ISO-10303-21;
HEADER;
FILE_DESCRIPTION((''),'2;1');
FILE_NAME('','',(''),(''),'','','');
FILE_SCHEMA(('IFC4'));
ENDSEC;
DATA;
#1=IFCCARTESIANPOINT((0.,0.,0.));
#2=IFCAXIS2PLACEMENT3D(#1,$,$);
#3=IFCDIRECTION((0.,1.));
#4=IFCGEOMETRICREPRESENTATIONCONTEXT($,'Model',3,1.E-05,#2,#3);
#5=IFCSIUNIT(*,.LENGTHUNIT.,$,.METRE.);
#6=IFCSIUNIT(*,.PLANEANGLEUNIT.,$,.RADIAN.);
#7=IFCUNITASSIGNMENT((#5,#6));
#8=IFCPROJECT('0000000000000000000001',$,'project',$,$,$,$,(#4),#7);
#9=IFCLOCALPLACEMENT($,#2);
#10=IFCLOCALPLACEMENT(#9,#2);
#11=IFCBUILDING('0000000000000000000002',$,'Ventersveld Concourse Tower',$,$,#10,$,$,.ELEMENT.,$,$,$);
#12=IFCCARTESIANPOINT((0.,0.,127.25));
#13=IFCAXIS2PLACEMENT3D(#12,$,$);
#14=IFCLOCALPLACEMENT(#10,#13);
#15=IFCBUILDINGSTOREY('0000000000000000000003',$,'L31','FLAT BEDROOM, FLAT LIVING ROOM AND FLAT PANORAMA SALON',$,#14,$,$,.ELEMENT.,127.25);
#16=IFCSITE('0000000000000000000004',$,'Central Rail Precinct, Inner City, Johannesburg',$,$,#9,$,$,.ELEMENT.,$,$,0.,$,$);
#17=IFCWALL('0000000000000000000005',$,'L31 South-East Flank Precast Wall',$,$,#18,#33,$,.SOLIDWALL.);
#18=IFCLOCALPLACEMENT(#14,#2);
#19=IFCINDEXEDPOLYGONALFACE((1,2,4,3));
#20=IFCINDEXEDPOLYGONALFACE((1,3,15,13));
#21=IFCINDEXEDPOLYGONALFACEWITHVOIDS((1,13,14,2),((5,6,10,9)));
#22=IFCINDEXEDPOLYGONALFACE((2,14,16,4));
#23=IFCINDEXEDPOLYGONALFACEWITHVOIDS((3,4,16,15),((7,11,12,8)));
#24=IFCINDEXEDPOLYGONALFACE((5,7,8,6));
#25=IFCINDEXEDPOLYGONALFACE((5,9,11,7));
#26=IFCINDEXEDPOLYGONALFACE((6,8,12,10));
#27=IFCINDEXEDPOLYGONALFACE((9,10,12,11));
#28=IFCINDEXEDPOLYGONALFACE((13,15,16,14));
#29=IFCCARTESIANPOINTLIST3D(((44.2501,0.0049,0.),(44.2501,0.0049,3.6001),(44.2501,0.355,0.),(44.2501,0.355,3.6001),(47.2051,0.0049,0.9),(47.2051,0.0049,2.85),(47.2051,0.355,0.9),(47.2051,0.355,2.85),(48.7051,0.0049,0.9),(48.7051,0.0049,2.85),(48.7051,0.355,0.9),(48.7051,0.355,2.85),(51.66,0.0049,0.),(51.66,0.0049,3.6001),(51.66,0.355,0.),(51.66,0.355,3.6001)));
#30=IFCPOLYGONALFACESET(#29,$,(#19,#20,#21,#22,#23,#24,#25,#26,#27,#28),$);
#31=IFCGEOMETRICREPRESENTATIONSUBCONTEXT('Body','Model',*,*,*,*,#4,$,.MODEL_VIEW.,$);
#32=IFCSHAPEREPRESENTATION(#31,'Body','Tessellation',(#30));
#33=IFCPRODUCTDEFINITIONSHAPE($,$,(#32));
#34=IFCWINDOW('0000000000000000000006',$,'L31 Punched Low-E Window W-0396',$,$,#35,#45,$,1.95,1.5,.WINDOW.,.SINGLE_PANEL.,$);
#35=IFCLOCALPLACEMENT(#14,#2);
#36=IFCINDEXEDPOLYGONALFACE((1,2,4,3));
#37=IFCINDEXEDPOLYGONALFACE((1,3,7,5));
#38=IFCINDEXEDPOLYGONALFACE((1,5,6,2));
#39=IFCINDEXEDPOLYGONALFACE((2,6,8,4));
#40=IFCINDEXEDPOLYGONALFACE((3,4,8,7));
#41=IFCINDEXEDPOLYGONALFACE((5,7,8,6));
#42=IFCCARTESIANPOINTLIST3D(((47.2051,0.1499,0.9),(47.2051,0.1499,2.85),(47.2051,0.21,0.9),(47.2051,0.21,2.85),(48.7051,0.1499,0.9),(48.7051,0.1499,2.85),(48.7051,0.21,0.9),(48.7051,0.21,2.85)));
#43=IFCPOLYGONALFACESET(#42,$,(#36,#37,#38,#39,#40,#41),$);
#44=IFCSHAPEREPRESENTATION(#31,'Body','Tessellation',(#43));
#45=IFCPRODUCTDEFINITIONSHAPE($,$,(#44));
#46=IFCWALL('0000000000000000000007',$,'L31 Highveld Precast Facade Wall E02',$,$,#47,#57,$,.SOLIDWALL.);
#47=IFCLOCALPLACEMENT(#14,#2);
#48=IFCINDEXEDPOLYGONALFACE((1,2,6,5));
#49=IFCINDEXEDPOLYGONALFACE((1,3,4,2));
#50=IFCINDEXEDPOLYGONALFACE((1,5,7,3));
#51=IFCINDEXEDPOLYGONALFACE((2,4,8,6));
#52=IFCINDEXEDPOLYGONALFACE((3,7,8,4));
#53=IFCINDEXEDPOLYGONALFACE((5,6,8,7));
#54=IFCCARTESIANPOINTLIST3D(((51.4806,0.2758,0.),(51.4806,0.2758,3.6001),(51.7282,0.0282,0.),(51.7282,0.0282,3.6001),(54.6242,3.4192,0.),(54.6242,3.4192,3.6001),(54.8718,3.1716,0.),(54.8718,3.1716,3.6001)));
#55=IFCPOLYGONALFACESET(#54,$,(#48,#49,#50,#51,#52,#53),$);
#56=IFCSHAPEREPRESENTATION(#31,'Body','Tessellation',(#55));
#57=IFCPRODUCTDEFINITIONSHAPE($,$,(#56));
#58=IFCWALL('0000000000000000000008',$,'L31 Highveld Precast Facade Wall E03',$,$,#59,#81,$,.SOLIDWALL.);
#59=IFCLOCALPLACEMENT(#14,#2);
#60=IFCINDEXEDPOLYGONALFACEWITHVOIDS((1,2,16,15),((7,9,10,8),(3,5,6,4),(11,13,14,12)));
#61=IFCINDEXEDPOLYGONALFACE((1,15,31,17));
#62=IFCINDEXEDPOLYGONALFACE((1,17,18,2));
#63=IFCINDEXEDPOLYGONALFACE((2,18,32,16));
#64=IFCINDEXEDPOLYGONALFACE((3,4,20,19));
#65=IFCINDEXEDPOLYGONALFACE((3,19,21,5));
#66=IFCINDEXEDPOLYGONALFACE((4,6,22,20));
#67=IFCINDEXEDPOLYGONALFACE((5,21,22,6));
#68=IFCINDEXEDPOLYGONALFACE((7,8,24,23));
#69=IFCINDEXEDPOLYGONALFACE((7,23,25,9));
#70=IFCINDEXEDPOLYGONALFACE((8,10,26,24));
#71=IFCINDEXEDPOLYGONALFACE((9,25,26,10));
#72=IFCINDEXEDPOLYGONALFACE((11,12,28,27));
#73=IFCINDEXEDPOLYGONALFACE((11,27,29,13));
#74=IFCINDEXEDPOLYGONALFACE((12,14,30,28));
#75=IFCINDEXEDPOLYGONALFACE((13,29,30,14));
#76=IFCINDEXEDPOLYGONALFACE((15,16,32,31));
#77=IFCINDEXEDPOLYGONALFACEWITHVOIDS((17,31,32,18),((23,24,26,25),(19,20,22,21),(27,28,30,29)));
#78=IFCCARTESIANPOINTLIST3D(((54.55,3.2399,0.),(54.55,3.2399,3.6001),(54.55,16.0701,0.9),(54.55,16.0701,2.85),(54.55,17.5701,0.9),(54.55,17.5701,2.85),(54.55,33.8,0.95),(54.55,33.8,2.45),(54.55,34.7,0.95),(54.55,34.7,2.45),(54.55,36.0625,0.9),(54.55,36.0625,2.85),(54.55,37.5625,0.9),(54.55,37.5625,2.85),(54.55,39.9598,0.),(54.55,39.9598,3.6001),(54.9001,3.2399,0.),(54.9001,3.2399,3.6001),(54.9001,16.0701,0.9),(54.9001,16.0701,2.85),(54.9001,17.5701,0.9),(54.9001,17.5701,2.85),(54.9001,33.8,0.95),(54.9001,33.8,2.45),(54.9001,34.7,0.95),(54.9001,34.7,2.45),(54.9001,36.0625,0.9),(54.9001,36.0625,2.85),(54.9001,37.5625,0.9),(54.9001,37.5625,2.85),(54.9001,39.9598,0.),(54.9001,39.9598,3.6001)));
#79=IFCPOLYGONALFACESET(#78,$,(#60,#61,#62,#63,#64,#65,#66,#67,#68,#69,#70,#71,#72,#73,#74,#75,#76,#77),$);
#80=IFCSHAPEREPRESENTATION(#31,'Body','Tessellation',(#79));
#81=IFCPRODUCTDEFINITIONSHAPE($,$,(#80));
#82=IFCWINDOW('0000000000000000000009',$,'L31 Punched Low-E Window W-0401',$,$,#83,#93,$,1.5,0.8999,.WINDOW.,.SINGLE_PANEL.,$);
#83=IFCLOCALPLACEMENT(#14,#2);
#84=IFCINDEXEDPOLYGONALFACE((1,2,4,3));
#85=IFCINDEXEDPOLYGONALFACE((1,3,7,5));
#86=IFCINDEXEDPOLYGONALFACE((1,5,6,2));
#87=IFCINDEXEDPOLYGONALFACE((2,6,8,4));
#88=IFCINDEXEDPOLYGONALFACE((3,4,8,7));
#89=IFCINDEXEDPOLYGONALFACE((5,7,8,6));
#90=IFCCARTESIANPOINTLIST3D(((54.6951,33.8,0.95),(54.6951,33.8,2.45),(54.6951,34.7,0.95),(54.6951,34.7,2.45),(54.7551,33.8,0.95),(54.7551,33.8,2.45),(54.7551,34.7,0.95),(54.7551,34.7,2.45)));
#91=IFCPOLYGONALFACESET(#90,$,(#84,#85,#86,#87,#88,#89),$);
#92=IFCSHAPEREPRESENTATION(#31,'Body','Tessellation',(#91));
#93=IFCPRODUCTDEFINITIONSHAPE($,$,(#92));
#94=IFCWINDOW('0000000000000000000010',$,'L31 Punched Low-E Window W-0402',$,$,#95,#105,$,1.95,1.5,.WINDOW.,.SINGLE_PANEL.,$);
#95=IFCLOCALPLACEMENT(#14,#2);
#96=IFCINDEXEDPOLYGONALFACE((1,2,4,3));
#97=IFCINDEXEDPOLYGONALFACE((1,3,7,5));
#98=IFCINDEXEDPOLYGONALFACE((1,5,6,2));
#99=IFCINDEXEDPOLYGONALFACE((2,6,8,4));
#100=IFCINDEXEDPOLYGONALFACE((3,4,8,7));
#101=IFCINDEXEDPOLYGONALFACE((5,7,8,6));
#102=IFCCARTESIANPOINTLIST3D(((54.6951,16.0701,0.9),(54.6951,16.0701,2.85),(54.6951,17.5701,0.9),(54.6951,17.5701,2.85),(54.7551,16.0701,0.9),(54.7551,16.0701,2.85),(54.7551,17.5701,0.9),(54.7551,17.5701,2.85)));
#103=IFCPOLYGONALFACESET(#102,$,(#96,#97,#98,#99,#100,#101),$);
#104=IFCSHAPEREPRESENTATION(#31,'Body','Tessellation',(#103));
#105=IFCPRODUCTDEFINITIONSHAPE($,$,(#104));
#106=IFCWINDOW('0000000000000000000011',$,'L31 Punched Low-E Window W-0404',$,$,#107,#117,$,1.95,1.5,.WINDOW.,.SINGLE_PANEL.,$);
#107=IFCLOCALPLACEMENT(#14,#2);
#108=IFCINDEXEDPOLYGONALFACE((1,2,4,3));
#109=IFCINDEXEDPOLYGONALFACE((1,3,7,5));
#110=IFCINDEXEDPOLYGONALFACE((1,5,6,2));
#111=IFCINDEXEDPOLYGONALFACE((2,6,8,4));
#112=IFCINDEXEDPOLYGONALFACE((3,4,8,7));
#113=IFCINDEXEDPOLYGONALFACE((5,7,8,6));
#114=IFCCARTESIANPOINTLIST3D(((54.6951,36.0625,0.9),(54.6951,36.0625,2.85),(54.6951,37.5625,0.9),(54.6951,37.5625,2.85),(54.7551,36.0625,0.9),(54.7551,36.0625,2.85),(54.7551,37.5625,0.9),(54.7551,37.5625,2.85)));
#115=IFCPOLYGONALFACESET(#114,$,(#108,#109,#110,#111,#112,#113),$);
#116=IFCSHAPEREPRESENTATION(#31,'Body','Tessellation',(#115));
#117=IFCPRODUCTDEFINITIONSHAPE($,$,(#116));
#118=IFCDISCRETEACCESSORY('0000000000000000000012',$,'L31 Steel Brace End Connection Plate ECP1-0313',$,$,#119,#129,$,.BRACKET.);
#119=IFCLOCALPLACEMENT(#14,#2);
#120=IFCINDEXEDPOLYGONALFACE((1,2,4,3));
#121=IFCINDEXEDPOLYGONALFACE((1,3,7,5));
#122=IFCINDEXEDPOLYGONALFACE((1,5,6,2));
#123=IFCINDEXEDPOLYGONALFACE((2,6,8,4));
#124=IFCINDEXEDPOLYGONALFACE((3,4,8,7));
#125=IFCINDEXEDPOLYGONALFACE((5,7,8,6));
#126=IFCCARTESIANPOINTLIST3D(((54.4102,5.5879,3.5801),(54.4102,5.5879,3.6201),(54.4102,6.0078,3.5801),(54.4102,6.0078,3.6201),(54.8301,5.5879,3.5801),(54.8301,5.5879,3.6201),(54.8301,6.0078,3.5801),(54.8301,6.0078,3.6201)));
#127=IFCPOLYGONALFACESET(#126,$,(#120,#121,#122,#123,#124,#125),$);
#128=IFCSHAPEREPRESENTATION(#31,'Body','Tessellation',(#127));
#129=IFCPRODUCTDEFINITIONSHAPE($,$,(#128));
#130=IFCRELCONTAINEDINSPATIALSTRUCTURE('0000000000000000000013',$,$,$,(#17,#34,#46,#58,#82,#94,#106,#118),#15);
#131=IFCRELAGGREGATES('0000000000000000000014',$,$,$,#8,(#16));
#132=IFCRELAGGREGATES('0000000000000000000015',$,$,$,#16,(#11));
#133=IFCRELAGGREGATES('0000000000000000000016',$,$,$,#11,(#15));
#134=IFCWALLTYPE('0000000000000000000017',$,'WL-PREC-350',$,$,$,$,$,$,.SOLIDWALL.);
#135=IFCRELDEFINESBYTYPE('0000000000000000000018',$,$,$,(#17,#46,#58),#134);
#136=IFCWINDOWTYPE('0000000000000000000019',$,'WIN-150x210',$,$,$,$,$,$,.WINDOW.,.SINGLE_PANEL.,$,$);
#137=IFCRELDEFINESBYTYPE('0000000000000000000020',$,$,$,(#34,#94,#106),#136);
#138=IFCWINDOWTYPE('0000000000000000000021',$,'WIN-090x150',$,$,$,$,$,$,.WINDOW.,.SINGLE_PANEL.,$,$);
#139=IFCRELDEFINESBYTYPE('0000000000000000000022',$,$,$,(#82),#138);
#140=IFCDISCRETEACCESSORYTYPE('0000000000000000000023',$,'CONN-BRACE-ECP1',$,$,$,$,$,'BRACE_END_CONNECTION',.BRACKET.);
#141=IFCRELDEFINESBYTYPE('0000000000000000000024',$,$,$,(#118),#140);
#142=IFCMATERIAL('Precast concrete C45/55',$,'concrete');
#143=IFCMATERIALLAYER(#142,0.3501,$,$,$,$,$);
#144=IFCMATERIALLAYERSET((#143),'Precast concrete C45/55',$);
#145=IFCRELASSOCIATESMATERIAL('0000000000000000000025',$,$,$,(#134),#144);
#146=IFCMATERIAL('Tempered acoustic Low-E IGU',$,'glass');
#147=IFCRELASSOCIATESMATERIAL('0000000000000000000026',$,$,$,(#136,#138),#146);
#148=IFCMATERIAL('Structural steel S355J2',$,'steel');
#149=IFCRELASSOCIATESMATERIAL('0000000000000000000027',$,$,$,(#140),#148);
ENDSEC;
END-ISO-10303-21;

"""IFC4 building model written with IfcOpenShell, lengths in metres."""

from ifc_helpers import new_model, si_unit, direction, frame, frame_2d, origin, origin_2d, place, context, subcontext, project, spatial, rectangle, extrude, material, layer, layer_set, type_object, element, fill, save


model = new_model("IFC4")

# Units and contexts
model_context = context("Model", 3, precision=1e-05, world=origin(), true_north=direction((0.0, 1.0)))
body_context = subcontext(model_context, "Body", "Model", "MODEL_VIEW")
ifc_project = project(units=[si_unit("LENGTHUNIT", "METRE"), si_unit("PLANEANGLEUNIT", "RADIAN")], contexts=[model_context])

# Site, building, storey
site_placement = place(None, origin())
site = spatial("IfcSite", under=ifc_project, at=site_placement, Name="Central Rail Precinct, Inner City, Johannesburg", CompositionType="ELEMENT", RefElevation=0.0)
building_placement = place(site_placement, origin())
building = spatial("IfcBuilding", under=site, at=building_placement, Name="Ventersveld Concourse Tower", CompositionType="ELEMENT")
storey_placement = place(building_placement, frame((0.0, 0.0, 127.25)))
storey = spatial("IfcBuildingStorey", under=building, at=storey_placement, Name="L31", Description="FLAT BEDROOM, FLAT LIVING ROOM AND FLAT PANORAMA SALON", CompositionType="ELEMENT", Elevation=127.25)

# Shared definitions
ifc_material_1 = material(Name="Structural steel S355J2", Category="steel")

# Wall, opening, window
ifc_material_2 = material(Name="Precast concrete C45/55", Category="concrete")
ifc_layer_1 = layer(ifc_material_2, 0.3501)
ifc_layer_set_1 = layer_set([ifc_layer_1], Name="Precast concrete C45/55")
wall_type_1 = type_object("IfcWallType", Name="WL-PREC-350", PredefinedType="SOLIDWALL", material=ifc_layer_set_1)
wall_1_placement = place(storey_placement, frame((44.25, 0.1799, 0.0), z_axis=(0.0, 0.0, 1.0), x_axis=(1.0, 0.0, 0.0)))
wall_1 = element("IfcWall", 1, at=wall_1_placement, inside=storey, type_object=wall_type_1, Name="L31 South-East Flank Precast Wall", PredefinedType="SOLIDWALL", context=body_context, shape_type="SweptSolid", body=[
    extrude(rectangle(XDim=7.4099, YDim=0.3501, at=frame_2d((3.7051, 0.0))), origin(), (0.0, 0.0, 1.0), 3.6001),
])
opening_1_placement = place(wall_1_placement, frame((2.9551, 0.0, 0.8999)))
opening_1 = element("IfcOpeningElement", 2, at=opening_1_placement, cuts=wall_1, PredefinedType="OPENING", context=body_context, shape_type="SweptSolid", body=[
    extrude(rectangle(XDim=1.5, YDim=1.95, at=frame_2d((0.75, 0.9751))), frame((0.0, 0.1851, 0.0), z_axis=(0.0, -1.0, 0.0), x_axis=(1.0, 0.0, 0.0)), (0.0, 0.0, 1.0), 0.3701),
])
ifc_material_3 = material(Name="Tempered acoustic Low-E IGU", Category="glass")
window_type_1 = type_object("IfcWindowType", Name="WIN-150x210", PartitioningType="SINGLE_PANEL", PredefinedType="WINDOW", material=ifc_material_3)
window_1_placement = place(opening_1_placement, origin())
window_1 = element("IfcWindow", 3, at=window_1_placement, inside=storey, type_object=window_type_1, Name="L31 Punched Low-E Window W-0396", OverallHeight=1.95, OverallWidth=1.5, PartitioningType="SINGLE_PANEL", PredefinedType="WINDOW", context=body_context, shape_type="SweptSolid", body=[
    extrude(rectangle(XDim=1.5, YDim=1.95, at=frame_2d((0.75, 0.9751))), frame((0.0, 0.03, 0.0), z_axis=(0.0, -1.0, 0.0), x_axis=(1.0, 0.0, 0.0)), (0.0, 0.0, 1.0), 0.0601),
])
fill(opening_1, window_1)

# Wall
wall_2_placement = place(storey_placement, frame((51.6045, 0.1521, 0.0), z_axis=(0.0, 0.0, 1.0), x_axis=(0.707134, 0.707079, 0.0)))
element("IfcWall", 4, at=wall_2_placement, inside=storey, type_object=wall_type_1, Name="L31 Highveld Precast Facade Wall E02", PredefinedType="SOLIDWALL", context=body_context, shape_type="SweptSolid", body=[
    extrude(rectangle(XDim=4.4456, YDim=0.3501, at=frame_2d((2.2227, 0.0))), origin(), (0.0, 0.0, 1.0), 3.6001),
])

# Wall, openings, windows
wall_3_placement = place(storey_placement, frame((54.7251, 3.24, 0.0), z_axis=(0.0, 0.0, 1.0), x_axis=(0.0, 1.0, 0.0)))
wall_3 = element("IfcWall", 5, at=wall_3_placement, inside=storey, type_object=wall_type_1, Name="L31 Highveld Precast Facade Wall E03", PredefinedType="SOLIDWALL", context=body_context, shape_type="SweptSolid", body=[
    extrude(rectangle(XDim=36.72, YDim=0.3501, at=frame_2d((18.3599, 0.0))), origin(), (0.0, 0.0, 1.0), 3.6001),
])
opening_2_placement = place(wall_3_placement, frame((30.5601, 0.0, 0.95)))
opening_2 = element("IfcOpeningElement", 6, at=opening_2_placement, cuts=wall_3, PredefinedType="OPENING", context=body_context, shape_type="SweptSolid", body=[
    extrude(rectangle(XDim=0.8999, YDim=1.5, at=frame_2d((0.45, 0.75))), frame((0.0, 0.1851, 0.0), z_axis=(0.0, -1.0, 0.0), x_axis=(1.0, 0.0, 0.0)), (0.0, 0.0, 1.0), 0.3701),
])
opening_3_placement = place(wall_3_placement, frame((12.8301, 0.0, 0.8999)))
opening_3 = element("IfcOpeningElement", 7, at=opening_3_placement, cuts=wall_3, PredefinedType="OPENING", context=body_context, shape_type="SweptSolid", body=[
    extrude(rectangle(XDim=1.5, YDim=1.95, at=frame_2d((0.75, 0.9751))), frame((0.0, 0.1851, 0.0), z_axis=(0.0, -1.0, 0.0), x_axis=(1.0, 0.0, 0.0)), (0.0, 0.0, 1.0), 0.3701),
])
opening_4_placement = place(wall_3_placement, frame((32.8225, 0.0, 0.8999)))
opening_4 = element("IfcOpeningElement", 8, at=opening_4_placement, cuts=wall_3, PredefinedType="OPENING", context=body_context, shape_type="SweptSolid", body=[
    extrude(rectangle(XDim=1.5, YDim=1.95, at=frame_2d((0.75, 0.9751))), frame((0.0, 0.1851, 0.0), z_axis=(0.0, -1.0, 0.0), x_axis=(1.0, 0.0, 0.0)), (0.0, 0.0, 1.0), 0.3701),
])
window_type_2 = type_object("IfcWindowType", Name="WIN-090x150", PartitioningType="SINGLE_PANEL", PredefinedType="WINDOW", material=ifc_material_3)
window_2_placement = place(opening_2_placement, origin())
window_2 = element("IfcWindow", 9, at=window_2_placement, inside=storey, type_object=window_type_2, Name="L31 Punched Low-E Window W-0401", OverallHeight=1.5, OverallWidth=0.8999, PartitioningType="SINGLE_PANEL", PredefinedType="WINDOW", context=body_context, shape_type="SweptSolid", body=[
    extrude(rectangle(XDim=0.8999, YDim=1.5, at=frame_2d((0.45, 0.75))), frame((0.0, 0.03, 0.0), z_axis=(0.0, -1.0, 0.0), x_axis=(1.0, 0.0, 0.0)), (0.0, 0.0, 1.0), 0.0601),
])
fill(opening_2, window_2)
window_3_placement = place(opening_3_placement, origin())
window_3 = element("IfcWindow", 10, at=window_3_placement, inside=storey, type_object=window_type_1, Name="L31 Punched Low-E Window W-0402", OverallHeight=1.95, OverallWidth=1.5, PartitioningType="SINGLE_PANEL", PredefinedType="WINDOW", context=body_context, shape_type="SweptSolid", body=[
    extrude(rectangle(XDim=1.5, YDim=1.95, at=frame_2d((0.75, 0.9751))), frame((0.0, 0.03, 0.0), z_axis=(0.0, -1.0, 0.0), x_axis=(1.0, 0.0, 0.0)), (0.0, 0.0, 1.0), 0.0601),
])
fill(opening_3, window_3)
window_4_placement = place(opening_4_placement, origin())
window_4 = element("IfcWindow", 11, at=window_4_placement, inside=storey, type_object=window_type_1, Name="L31 Punched Low-E Window W-0404", OverallHeight=1.95, OverallWidth=1.5, PartitioningType="SINGLE_PANEL", PredefinedType="WINDOW", context=body_context, shape_type="SweptSolid", body=[
    extrude(rectangle(XDim=1.5, YDim=1.95, at=frame_2d((0.75, 0.9751))), frame((0.0, 0.03, 0.0), z_axis=(0.0, -1.0, 0.0), x_axis=(1.0, 0.0, 0.0)), (0.0, 0.0, 1.0), 0.0601),
])
fill(opening_4, window_4)

# Discrete accessory
discrete_accessory_type = type_object("IfcDiscreteAccessoryType", Name="CONN-BRACE-ECP1", ElementType="BRACE_END_CONNECTION", PredefinedType="BRACKET", material=ifc_material_1)
discrete_accessory_placement = place(storey_placement, frame((54.6201, 5.7979, 3.5801), z_axis=(0.0, 0.0, 1.0), x_axis=(1.0, 0.0, 0.0)))
element("IfcDiscreteAccessory", 12, at=discrete_accessory_placement, inside=storey, type_object=discrete_accessory_type, Name="L31 Steel Brace End Connection Plate ECP1-0313", PredefinedType="BRACKET", context=body_context, shape_type="SweptSolid", body=[
    extrude(rectangle(XDim=0.4199, YDim=0.4199, at=origin_2d()), origin(), (0.0, 0.0, 1.0), 0.04),
])

save(model, "model.ifc")
